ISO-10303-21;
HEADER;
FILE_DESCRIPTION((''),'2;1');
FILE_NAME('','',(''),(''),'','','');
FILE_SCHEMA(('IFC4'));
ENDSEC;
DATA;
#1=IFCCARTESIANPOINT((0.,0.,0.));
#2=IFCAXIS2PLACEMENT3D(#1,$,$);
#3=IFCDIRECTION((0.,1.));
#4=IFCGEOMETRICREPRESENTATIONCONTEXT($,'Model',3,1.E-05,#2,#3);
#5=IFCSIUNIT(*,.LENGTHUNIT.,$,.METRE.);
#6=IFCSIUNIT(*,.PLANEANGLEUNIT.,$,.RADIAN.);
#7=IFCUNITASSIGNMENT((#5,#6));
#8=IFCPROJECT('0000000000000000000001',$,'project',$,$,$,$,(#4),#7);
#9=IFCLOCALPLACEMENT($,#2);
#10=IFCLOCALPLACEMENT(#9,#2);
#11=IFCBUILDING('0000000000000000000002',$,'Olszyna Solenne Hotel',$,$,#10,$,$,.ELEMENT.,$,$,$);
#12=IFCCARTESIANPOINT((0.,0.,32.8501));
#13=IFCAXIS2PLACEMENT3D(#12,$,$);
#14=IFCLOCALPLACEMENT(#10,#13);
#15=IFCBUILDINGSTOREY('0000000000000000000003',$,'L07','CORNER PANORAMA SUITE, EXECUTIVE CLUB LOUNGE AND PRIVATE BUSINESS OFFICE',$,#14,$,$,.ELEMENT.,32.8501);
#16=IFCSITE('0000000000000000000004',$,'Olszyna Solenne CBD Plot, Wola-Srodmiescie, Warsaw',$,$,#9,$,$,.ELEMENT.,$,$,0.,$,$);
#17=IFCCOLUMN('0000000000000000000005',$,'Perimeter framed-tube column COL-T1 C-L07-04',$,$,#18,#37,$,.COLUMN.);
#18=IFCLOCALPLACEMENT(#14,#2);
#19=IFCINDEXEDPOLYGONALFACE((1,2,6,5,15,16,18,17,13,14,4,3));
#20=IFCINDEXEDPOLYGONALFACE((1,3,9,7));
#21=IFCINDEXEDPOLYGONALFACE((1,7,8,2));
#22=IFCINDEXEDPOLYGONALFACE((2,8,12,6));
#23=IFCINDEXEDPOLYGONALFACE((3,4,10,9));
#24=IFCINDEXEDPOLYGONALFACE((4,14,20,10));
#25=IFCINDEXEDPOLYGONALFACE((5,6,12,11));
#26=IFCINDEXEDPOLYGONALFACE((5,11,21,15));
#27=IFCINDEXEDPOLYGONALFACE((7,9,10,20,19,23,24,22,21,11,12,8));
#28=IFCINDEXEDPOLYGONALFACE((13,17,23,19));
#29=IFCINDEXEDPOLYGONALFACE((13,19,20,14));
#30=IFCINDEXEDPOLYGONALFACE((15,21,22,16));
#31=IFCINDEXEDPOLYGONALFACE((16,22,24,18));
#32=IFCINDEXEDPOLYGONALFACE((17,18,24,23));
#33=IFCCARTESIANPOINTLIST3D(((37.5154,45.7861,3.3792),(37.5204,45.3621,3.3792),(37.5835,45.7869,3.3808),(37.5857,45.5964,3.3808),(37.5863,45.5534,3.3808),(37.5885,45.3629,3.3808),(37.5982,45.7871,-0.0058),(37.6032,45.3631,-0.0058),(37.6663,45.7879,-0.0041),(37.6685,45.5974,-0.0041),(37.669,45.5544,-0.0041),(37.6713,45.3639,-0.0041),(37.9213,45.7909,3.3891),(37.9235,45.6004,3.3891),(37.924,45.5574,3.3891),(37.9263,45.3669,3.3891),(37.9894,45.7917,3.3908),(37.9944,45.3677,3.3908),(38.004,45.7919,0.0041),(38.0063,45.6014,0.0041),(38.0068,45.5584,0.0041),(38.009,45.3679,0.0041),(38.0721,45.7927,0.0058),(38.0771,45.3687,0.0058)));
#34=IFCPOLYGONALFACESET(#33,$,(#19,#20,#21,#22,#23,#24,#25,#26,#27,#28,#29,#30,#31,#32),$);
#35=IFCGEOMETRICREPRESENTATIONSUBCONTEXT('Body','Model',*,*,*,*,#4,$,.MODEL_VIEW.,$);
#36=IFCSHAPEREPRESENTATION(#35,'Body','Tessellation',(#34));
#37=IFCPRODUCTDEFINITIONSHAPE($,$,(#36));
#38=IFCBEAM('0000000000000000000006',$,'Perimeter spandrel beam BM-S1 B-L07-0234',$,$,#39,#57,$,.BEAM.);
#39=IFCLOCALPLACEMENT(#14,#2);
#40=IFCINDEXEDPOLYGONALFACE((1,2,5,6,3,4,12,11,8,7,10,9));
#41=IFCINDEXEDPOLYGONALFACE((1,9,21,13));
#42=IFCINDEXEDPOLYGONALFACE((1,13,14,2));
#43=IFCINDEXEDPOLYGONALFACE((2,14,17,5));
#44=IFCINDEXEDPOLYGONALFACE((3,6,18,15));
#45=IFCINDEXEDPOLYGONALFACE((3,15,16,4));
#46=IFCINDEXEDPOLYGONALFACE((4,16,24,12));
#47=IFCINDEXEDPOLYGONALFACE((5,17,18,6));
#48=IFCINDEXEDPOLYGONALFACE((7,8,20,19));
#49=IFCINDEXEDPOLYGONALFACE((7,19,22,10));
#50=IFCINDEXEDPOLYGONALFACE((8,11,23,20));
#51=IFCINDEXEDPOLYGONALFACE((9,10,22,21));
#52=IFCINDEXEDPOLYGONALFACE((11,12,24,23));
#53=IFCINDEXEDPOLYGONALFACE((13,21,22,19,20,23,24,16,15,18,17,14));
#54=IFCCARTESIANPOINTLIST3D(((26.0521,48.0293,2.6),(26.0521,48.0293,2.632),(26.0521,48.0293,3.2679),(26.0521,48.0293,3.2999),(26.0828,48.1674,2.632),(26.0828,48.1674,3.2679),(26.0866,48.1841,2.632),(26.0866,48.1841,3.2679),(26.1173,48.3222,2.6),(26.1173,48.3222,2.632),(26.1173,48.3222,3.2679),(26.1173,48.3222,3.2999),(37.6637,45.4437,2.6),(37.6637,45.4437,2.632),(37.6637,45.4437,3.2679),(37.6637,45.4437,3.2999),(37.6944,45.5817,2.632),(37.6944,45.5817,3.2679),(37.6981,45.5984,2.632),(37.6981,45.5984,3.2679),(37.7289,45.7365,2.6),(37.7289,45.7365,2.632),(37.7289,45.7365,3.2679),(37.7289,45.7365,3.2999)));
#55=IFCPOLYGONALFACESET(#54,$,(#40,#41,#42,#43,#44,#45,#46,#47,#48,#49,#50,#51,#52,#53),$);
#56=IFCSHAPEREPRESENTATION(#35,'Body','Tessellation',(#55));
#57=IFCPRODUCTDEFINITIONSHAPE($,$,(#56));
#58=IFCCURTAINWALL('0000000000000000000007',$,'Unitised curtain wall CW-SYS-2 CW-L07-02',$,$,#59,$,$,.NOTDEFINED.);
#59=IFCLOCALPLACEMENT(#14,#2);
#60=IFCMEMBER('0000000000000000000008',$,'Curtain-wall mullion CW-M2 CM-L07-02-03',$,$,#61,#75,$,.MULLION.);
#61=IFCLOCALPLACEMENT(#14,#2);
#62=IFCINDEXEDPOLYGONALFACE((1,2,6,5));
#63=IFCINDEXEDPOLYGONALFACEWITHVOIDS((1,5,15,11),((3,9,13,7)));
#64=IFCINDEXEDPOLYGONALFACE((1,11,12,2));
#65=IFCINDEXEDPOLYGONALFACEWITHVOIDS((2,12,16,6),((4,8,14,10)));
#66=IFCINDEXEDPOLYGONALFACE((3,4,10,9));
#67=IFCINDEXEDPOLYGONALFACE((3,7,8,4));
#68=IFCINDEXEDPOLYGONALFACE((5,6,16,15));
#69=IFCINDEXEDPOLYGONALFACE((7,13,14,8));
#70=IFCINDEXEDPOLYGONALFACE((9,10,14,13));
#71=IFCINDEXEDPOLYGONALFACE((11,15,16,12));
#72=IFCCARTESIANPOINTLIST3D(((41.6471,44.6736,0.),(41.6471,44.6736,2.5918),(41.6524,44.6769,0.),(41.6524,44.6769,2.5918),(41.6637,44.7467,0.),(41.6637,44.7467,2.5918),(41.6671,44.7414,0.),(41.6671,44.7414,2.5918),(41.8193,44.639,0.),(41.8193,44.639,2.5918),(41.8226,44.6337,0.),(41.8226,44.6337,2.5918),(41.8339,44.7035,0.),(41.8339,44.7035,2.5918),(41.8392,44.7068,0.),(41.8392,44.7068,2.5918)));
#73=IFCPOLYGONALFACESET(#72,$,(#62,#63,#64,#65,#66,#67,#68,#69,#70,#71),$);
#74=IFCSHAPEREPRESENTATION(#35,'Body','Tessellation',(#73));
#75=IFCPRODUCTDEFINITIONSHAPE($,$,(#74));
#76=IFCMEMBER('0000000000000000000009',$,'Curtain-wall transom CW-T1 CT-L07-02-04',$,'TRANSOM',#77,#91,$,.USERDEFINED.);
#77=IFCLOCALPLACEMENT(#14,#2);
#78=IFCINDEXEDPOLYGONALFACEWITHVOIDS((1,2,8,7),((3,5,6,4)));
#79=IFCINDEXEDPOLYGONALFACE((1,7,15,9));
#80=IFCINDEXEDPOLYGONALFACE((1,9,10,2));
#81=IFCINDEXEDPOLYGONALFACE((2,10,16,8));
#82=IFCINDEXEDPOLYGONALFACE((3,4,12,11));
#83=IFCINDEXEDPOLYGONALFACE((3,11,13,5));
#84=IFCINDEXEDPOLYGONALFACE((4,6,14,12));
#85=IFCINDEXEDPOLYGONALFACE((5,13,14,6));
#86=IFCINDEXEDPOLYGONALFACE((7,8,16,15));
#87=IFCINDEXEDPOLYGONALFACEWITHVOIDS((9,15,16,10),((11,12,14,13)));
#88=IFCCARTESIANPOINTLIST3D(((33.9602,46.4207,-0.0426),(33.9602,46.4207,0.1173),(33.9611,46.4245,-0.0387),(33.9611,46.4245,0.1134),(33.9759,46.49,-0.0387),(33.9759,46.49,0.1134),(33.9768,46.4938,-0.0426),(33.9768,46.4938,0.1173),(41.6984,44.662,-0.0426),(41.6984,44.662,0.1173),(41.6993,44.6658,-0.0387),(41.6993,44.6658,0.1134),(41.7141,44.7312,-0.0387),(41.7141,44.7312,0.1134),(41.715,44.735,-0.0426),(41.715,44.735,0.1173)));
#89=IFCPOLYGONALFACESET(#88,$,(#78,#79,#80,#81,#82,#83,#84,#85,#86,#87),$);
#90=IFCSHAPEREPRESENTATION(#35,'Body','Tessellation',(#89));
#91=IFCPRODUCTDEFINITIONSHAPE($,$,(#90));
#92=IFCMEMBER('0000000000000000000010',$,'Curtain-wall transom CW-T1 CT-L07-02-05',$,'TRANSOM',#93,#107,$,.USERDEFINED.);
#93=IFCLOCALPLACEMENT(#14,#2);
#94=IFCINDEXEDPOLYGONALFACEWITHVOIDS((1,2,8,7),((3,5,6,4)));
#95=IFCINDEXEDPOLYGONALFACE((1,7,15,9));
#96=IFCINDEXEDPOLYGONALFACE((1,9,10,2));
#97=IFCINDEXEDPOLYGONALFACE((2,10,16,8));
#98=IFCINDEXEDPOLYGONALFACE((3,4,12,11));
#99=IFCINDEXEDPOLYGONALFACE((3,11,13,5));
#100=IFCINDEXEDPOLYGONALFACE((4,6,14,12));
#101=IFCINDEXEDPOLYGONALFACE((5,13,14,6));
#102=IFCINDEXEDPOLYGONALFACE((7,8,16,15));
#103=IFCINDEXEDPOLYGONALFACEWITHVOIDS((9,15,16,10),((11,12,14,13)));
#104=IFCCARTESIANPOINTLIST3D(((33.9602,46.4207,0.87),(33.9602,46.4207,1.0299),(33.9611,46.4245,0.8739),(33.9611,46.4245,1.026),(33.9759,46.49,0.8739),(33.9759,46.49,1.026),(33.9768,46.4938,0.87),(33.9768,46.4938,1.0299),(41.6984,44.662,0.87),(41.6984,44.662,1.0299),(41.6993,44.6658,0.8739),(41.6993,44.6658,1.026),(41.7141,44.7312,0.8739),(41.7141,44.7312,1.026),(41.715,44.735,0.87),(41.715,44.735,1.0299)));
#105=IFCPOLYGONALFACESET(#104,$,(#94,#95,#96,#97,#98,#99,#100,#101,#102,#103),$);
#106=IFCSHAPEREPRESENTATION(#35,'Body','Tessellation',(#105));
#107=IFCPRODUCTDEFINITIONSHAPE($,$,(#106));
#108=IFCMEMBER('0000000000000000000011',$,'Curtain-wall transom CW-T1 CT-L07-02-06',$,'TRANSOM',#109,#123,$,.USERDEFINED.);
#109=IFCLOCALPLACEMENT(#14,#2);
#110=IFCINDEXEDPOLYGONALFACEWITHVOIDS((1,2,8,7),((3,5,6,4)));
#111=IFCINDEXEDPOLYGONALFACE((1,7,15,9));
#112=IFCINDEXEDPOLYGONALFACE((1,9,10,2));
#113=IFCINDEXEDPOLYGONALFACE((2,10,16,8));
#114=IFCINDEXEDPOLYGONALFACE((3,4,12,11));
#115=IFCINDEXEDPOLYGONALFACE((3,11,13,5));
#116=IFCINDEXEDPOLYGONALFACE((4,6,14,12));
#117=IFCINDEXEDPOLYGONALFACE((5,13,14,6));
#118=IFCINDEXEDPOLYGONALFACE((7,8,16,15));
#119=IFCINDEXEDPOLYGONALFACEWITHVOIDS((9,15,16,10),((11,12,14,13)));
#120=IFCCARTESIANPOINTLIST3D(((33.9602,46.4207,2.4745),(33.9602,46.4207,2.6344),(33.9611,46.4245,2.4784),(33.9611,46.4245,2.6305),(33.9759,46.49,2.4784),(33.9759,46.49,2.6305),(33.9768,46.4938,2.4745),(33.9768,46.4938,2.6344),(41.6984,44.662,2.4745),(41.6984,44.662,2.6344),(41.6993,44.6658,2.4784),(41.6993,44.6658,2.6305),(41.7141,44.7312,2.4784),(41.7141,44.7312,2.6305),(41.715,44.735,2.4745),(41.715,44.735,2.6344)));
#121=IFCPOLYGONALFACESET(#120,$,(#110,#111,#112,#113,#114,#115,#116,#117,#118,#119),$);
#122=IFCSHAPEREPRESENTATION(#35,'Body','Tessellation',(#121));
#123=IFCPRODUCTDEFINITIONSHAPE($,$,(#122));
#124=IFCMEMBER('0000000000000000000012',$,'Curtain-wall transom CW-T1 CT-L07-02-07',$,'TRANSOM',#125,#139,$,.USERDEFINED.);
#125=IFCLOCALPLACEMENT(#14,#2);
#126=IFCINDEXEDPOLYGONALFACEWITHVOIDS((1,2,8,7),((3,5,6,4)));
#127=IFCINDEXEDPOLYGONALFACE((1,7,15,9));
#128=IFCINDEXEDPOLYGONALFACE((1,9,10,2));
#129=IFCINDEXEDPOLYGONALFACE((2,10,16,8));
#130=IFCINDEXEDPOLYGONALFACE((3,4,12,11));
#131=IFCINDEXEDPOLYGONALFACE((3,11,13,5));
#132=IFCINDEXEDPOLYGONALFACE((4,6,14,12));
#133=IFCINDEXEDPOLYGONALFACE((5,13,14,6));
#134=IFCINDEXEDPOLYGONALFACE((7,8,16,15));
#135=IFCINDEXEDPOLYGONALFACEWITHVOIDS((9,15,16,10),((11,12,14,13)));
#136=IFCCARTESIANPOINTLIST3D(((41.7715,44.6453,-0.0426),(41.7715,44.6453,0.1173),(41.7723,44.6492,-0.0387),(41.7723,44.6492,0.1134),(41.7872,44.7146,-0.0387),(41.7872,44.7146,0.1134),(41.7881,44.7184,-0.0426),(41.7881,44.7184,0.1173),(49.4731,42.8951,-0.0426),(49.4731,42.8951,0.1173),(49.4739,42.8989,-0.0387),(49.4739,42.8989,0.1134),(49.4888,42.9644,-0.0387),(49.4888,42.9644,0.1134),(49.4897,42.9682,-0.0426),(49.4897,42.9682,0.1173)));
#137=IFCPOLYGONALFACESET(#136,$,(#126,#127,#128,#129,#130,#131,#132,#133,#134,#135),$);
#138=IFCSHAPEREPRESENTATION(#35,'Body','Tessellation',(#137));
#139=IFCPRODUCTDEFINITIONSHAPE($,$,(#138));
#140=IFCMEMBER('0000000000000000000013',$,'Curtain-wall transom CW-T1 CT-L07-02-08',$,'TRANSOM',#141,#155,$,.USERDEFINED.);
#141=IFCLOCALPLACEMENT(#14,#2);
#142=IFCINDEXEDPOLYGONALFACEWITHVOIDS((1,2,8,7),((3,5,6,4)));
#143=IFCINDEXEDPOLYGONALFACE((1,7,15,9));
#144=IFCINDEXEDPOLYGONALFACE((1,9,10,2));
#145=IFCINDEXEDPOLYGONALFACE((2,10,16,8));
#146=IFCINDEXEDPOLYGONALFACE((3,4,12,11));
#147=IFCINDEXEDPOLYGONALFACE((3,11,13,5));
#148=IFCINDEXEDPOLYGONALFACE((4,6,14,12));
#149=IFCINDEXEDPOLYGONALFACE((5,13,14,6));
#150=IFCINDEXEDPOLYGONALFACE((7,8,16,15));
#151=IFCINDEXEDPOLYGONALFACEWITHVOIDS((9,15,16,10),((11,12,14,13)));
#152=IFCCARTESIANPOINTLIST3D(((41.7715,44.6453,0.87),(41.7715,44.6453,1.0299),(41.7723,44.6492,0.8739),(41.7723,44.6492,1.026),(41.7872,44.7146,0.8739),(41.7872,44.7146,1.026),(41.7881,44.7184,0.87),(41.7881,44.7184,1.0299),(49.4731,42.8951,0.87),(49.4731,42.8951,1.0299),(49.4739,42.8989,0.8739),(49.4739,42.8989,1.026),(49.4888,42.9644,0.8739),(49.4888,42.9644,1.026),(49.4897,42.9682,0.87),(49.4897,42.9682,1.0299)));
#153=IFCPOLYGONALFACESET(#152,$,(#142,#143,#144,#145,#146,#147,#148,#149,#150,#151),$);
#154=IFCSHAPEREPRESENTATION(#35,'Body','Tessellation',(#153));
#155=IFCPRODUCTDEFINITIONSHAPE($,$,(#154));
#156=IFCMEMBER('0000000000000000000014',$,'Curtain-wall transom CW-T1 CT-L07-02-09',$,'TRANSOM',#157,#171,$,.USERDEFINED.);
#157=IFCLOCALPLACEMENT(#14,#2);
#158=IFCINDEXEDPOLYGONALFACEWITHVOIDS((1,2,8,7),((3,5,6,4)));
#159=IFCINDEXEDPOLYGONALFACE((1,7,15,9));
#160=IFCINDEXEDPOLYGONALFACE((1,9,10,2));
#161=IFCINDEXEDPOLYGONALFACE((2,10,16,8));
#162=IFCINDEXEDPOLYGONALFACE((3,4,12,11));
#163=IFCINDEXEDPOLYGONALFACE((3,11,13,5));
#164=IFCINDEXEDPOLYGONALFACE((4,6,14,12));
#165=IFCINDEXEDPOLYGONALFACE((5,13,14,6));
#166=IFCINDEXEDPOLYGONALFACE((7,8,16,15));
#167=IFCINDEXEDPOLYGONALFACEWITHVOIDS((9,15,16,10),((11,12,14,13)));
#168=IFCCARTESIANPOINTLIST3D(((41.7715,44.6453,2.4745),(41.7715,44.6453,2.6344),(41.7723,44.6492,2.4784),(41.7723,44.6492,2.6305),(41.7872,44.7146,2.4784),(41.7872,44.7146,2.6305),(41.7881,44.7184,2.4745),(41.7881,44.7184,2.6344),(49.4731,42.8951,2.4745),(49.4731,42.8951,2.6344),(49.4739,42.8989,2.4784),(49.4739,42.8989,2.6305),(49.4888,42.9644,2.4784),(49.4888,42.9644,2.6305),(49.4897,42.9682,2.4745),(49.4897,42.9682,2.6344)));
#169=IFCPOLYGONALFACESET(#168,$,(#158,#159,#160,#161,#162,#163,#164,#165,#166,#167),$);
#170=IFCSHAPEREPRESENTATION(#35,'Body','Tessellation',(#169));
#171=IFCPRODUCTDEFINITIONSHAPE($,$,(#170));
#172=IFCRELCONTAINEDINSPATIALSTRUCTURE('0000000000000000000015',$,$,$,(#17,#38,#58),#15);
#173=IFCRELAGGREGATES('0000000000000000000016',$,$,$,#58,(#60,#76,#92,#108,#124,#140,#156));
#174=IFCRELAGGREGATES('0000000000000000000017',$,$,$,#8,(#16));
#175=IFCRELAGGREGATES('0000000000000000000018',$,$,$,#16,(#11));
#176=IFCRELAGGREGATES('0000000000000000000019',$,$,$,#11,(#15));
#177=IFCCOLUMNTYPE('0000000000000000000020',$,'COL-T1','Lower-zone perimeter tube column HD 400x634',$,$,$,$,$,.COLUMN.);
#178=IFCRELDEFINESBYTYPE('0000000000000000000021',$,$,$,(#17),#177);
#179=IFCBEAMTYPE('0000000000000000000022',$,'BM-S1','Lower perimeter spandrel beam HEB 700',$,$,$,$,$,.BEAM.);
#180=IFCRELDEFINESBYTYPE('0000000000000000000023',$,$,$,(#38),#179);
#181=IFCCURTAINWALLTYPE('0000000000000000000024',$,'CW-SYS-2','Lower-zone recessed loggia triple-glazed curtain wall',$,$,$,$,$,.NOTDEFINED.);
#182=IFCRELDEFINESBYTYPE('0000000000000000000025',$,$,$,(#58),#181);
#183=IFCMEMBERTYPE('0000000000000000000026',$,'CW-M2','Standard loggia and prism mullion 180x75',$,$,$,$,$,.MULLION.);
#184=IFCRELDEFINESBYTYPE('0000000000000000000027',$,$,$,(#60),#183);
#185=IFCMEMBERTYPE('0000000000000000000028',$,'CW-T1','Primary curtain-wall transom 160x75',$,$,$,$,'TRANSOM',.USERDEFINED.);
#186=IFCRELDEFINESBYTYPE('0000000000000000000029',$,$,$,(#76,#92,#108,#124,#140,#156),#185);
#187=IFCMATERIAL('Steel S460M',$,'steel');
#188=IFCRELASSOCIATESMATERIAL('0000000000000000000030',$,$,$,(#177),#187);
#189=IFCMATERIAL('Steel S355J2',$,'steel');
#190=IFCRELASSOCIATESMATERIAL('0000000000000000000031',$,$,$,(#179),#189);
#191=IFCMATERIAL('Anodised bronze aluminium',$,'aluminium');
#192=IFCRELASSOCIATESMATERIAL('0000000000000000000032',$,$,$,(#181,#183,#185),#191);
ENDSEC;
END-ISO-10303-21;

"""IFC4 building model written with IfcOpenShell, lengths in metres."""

from ifc_helpers import new_model, si_unit, direction, frame, origin, origin_2d, place, context, subcontext, project, spatial, hollow_rectangle, i_section, extrude, source, transform, mapped, material, material_profile, profile_set, type_object, element, aggregate, save


model = new_model("IFC4")

# Units and contexts
model_context = context("Model", 3, precision=1e-05, world=origin(), true_north=direction((0.0, 1.0)))
body_context = subcontext(model_context, "Body", "Model", "MODEL_VIEW")
ifc_project = project(units=[si_unit("LENGTHUNIT", "METRE"), si_unit("PLANEANGLEUNIT", "RADIAN")], contexts=[model_context])

# Site, building, storey
site_placement = place(None, origin())
site = spatial("IfcSite", under=ifc_project, at=site_placement, Name="Olszyna Solenne CBD Plot, Wola-Srodmiescie, Warsaw", CompositionType="ELEMENT", RefElevation=0.0)
building_placement = place(site_placement, origin())
building = spatial("IfcBuilding", under=site, at=building_placement, Name="Olszyna Solenne Hotel", CompositionType="ELEMENT")
storey_placement = place(building_placement, frame((0.0, 0.0, 32.8501)))
storey = spatial("IfcBuildingStorey", under=building, at=storey_placement, Name="L07", Description="CORNER PANORAMA SUITE, EXECUTIVE CLUB LOUNGE AND PRIVATE BUSINESS OFFICE", CompositionType="ELEMENT", Elevation=32.8501)

# Column
ifc_material_1 = material(Name="Steel S460M", Category="steel")
ifc_material_profile_1 = material_profile(ifc_material_1, i_section(OverallWidth=0.4241, OverallDepth=0.4741, WebThickness=0.043, FlangeThickness=0.0681, at=origin_2d()), Name="HD 400x634", Category="load-bearing")
ifc_profile_set_1 = profile_set([ifc_material_profile_1], Name="Steel S460M")
column_type = type_object("IfcColumnType", Name="COL-T1", Description="Lower-zone perimeter tube column HD 400x634", PredefinedType="COLUMN", material=ifc_profile_set_1)
shared_shape_1 = source(origin(), body_context, "Body", "SweptSolid", [
    extrude(i_section(OverallWidth=0.4241, OverallDepth=0.4741, WebThickness=0.043, FlangeThickness=0.0681, at=origin_2d()), origin(), (0.0, 0.0, 1.0), 3.386),
])
column_placement = place(storey_placement, frame((37.8376, 45.5779, 0.0), z_axis=(-0.024443, -0.000288, 0.999701), x_axis=(0.011799, -0.99993, 0.0)))
element("IfcColumn", 1, at=column_placement, inside=storey, type_object=column_type, Name="Perimeter framed-tube column COL-T1 C-L07-04", PredefinedType="COLUMN", context=body_context, shape_type="MappedRepresentation", body=[
    mapped(shared_shape_1, transform((0.0, 0.0, 0.0), x_axis=(1.0, 0.0, 0.0), y_axis=(0.0, 1.0, 0.0), z_axis=(0.0, 0.0, 1.0), scale=1.0)),
])

# Beam
ifc_material_2 = material(Name="Steel S355J2", Category="steel")
ifc_material_profile_2 = material_profile(ifc_material_2, i_section(OverallWidth=0.3, OverallDepth=0.7, WebThickness=0.0171, FlangeThickness=0.032, at=origin_2d()), Name="HEB 700", Category="load-bearing")
ifc_profile_set_2 = profile_set([ifc_material_profile_2], Name="Steel S355J2")
beam_type_1 = type_object("IfcBeamType", Name="BM-S1", Description="Lower perimeter spandrel beam HEB 700", PredefinedType="BEAM", material=ifc_profile_set_2)
shared_shape_2 = source(origin(), body_context, "Body", "SweptSolid", [
    extrude(i_section(OverallWidth=0.3, OverallDepth=0.7, WebThickness=0.0171, FlangeThickness=0.032, at=origin_2d()), origin(), (0.0, 0.0, 1.0), 11.896),
])
beam_1_placement = place(storey_placement, frame((37.6963, 45.5901, 2.95), z_axis=(-0.976092, 0.217359, 0.0), x_axis=(-0.217359, -0.976092, 0.0)))
element("IfcBeam", 2, at=beam_1_placement, inside=storey, type_object=beam_type_1, Name="Perimeter spandrel beam BM-S1 B-L07-0234", PredefinedType="BEAM", context=body_context, shape_type="MappedRepresentation", body=[
    mapped(shared_shape_2, transform((0.0, 0.0, 0.0), x_axis=(1.0, 0.0, 0.0), y_axis=(0.0, 1.0, 0.0), z_axis=(0.0, 0.0, 1.0), scale=1.0)),
])

# Curtain wall, members
ifc_material_3 = material(Name="Anodised bronze aluminium", Category="aluminium")
curtain_wall_type = type_object("IfcCurtainWallType", Name="CW-SYS-2", Description="Lower-zone recessed loggia triple-glazed curtain wall", PredefinedType="NOTDEFINED", material=ifc_material_3)
curtain_wall_placement = place(storey_placement, origin())
curtain_wall = element("IfcCurtainWall", 3, at=curtain_wall_placement, inside=storey, type_object=curtain_wall_type, Name="Unitised curtain wall CW-SYS-2 CW-L07-02", PredefinedType="NOTDEFINED")
ifc_material_profile_3 = material_profile(ifc_material_3, hollow_rectangle(XDim=0.075, YDim=0.1799, WallThickness=0.0044, at=origin_2d()), Name="MULL 180x75x4.5", Category="load-bearing")
ifc_profile_set_3 = profile_set([ifc_material_profile_3], Name="Anodised bronze aluminium")
member_type_1 = type_object("IfcMemberType", Name="CW-M2", Description="Standard loggia and prism mullion 180x75", PredefinedType="MULLION", material=ifc_profile_set_3)
shared_shape_3 = source(origin(), body_context, "Body", "SweptSolid", [
    extrude(hollow_rectangle(XDim=0.075, YDim=0.1799, WallThickness=0.0044, at=origin_2d()), origin(), (0.0, 0.0, 1.0), 2.5918),
])
member_1_placement = place(storey_placement, frame((41.7432, 44.6902, 0.0), z_axis=(0.0, 0.0, 1.0), x_axis=(0.221622, 0.975133, 0.0)))
member_1 = element("IfcMember", 4, at=member_1_placement, type_object=member_type_1, Name="Curtain-wall mullion CW-M2 CM-L07-02-03", PredefinedType="MULLION", context=body_context, shape_type="MappedRepresentation", body=[
    mapped(shared_shape_3, transform((0.0, 0.0, 0.0), x_axis=(1.0, 0.0, 0.0), y_axis=(0.0, 1.0, 0.0), z_axis=(0.0, 0.0, 1.0), scale=1.0)),
])
ifc_material_profile_4 = material_profile(ifc_material_3, hollow_rectangle(XDim=0.075, YDim=0.1599, WallThickness=0.0039, at=origin_2d()), Name="TRAN 160x75x4", Category="load-bearing")
ifc_profile_set_4 = profile_set([ifc_material_profile_4], Name="Anodised bronze aluminium")
member_type_2 = type_object("IfcMemberType", Name="CW-T1", Description="Primary curtain-wall transom 160x75", ElementType="TRANSOM", PredefinedType="USERDEFINED", material=ifc_profile_set_4)
shared_shape_4 = source(origin(), body_context, "Body", "SweptSolid", [
    extrude(hollow_rectangle(XDim=0.075, YDim=0.1599, WallThickness=0.0039, at=origin_2d()), origin(), (0.0, 0.0, 1.0), 7.9355),
])
member_2_placement = place(storey_placement, frame((33.9685, 46.4573, 0.0374), z_axis=(0.97513, -0.221632, 0.0), x_axis=(0.221632, 0.97513, 0.0)))
member_2 = element("IfcMember", 5, at=member_2_placement, type_object=member_type_2, Name="Curtain-wall transom CW-T1 CT-L07-02-04", ObjectType="TRANSOM", PredefinedType="USERDEFINED", context=body_context, shape_type="MappedRepresentation", body=[
    mapped(shared_shape_4, transform((0.0, 0.0, 0.0), x_axis=(1.0, 0.0, 0.0), y_axis=(0.0, 1.0, 0.0), z_axis=(0.0, 0.0, 1.0), scale=1.0)),
])
member_3_placement = place(storey_placement, frame((33.9685, 46.4573, 0.95), z_axis=(0.97513, -0.221632, 0.0), x_axis=(0.221632, 0.97513, 0.0)))
member_3 = element("IfcMember", 6, at=member_3_placement, type_object=member_type_2, Name="Curtain-wall transom CW-T1 CT-L07-02-05", ObjectType="TRANSOM", PredefinedType="USERDEFINED", context=body_context, shape_type="MappedRepresentation", body=[
    mapped(shared_shape_4, transform((0.0, 0.0, 0.0), x_axis=(1.0, 0.0, 0.0), y_axis=(0.0, 1.0, 0.0), z_axis=(0.0, 0.0, 1.0), scale=1.0)),
])
member_4_placement = place(storey_placement, frame((33.9685, 46.4573, 2.5544), z_axis=(0.97513, -0.221632, 0.0), x_axis=(0.221632, 0.97513, 0.0)))
member_4 = element("IfcMember", 7, at=member_4_placement, type_object=member_type_2, Name="Curtain-wall transom CW-T1 CT-L07-02-06", ObjectType="TRANSOM", PredefinedType="USERDEFINED", context=body_context, shape_type="MappedRepresentation", body=[
    mapped(shared_shape_4, transform((0.0, 0.0, 0.0), x_axis=(1.0, 0.0, 0.0), y_axis=(0.0, 1.0, 0.0), z_axis=(0.0, 0.0, 1.0), scale=1.0)),
])
shared_shape_5 = source(origin(), body_context, "Body", "SweptSolid", [
    extrude(hollow_rectangle(XDim=0.075, YDim=0.1599, WallThickness=0.0039, at=origin_2d()), origin(), (0.0, 0.0, 1.0), 7.8979),
])
member_5_placement = place(storey_placement, frame((41.7798, 44.6819, 0.0374), z_axis=(0.975136, -0.221605, 0.0), x_axis=(0.221605, 0.975136, 0.0)))
member_5 = element("IfcMember", 8, at=member_5_placement, type_object=member_type_2, Name="Curtain-wall transom CW-T1 CT-L07-02-07", ObjectType="TRANSOM", PredefinedType="USERDEFINED", context=body_context, shape_type="MappedRepresentation", body=[
    mapped(shared_shape_5, transform((0.0, 0.0, 0.0), x_axis=(1.0, 0.0, 0.0), y_axis=(0.0, 1.0, 0.0), z_axis=(0.0, 0.0, 1.0), scale=1.0)),
])
member_6_placement = place(storey_placement, frame((41.7798, 44.6819, 0.95), z_axis=(0.975136, -0.221605, 0.0), x_axis=(0.221605, 0.975136, 0.0)))
member_6 = element("IfcMember", 9, at=member_6_placement, type_object=member_type_2, Name="Curtain-wall transom CW-T1 CT-L07-02-08", ObjectType="TRANSOM", PredefinedType="USERDEFINED", context=body_context, shape_type="MappedRepresentation", body=[
    mapped(shared_shape_5, transform((0.0, 0.0, 0.0), x_axis=(1.0, 0.0, 0.0), y_axis=(0.0, 1.0, 0.0), z_axis=(0.0, 0.0, 1.0), scale=1.0)),
])
member_7_placement = place(storey_placement, frame((41.7798, 44.6819, 2.5544), z_axis=(0.975136, -0.221605, 0.0), x_axis=(0.221605, 0.975136, 0.0)))
member_7 = element("IfcMember", 10, at=member_7_placement, type_object=member_type_2, Name="Curtain-wall transom CW-T1 CT-L07-02-09", ObjectType="TRANSOM", PredefinedType="USERDEFINED", context=body_context, shape_type="MappedRepresentation", body=[
    mapped(shared_shape_5, transform((0.0, 0.0, 0.0), x_axis=(1.0, 0.0, 0.0), y_axis=(0.0, 1.0, 0.0), z_axis=(0.0, 0.0, 1.0), scale=1.0)),
])

aggregate(curtain_wall, [member_1, member_2, member_3, member_4, member_5, member_6, member_7])

save(model, "model.ifc")
